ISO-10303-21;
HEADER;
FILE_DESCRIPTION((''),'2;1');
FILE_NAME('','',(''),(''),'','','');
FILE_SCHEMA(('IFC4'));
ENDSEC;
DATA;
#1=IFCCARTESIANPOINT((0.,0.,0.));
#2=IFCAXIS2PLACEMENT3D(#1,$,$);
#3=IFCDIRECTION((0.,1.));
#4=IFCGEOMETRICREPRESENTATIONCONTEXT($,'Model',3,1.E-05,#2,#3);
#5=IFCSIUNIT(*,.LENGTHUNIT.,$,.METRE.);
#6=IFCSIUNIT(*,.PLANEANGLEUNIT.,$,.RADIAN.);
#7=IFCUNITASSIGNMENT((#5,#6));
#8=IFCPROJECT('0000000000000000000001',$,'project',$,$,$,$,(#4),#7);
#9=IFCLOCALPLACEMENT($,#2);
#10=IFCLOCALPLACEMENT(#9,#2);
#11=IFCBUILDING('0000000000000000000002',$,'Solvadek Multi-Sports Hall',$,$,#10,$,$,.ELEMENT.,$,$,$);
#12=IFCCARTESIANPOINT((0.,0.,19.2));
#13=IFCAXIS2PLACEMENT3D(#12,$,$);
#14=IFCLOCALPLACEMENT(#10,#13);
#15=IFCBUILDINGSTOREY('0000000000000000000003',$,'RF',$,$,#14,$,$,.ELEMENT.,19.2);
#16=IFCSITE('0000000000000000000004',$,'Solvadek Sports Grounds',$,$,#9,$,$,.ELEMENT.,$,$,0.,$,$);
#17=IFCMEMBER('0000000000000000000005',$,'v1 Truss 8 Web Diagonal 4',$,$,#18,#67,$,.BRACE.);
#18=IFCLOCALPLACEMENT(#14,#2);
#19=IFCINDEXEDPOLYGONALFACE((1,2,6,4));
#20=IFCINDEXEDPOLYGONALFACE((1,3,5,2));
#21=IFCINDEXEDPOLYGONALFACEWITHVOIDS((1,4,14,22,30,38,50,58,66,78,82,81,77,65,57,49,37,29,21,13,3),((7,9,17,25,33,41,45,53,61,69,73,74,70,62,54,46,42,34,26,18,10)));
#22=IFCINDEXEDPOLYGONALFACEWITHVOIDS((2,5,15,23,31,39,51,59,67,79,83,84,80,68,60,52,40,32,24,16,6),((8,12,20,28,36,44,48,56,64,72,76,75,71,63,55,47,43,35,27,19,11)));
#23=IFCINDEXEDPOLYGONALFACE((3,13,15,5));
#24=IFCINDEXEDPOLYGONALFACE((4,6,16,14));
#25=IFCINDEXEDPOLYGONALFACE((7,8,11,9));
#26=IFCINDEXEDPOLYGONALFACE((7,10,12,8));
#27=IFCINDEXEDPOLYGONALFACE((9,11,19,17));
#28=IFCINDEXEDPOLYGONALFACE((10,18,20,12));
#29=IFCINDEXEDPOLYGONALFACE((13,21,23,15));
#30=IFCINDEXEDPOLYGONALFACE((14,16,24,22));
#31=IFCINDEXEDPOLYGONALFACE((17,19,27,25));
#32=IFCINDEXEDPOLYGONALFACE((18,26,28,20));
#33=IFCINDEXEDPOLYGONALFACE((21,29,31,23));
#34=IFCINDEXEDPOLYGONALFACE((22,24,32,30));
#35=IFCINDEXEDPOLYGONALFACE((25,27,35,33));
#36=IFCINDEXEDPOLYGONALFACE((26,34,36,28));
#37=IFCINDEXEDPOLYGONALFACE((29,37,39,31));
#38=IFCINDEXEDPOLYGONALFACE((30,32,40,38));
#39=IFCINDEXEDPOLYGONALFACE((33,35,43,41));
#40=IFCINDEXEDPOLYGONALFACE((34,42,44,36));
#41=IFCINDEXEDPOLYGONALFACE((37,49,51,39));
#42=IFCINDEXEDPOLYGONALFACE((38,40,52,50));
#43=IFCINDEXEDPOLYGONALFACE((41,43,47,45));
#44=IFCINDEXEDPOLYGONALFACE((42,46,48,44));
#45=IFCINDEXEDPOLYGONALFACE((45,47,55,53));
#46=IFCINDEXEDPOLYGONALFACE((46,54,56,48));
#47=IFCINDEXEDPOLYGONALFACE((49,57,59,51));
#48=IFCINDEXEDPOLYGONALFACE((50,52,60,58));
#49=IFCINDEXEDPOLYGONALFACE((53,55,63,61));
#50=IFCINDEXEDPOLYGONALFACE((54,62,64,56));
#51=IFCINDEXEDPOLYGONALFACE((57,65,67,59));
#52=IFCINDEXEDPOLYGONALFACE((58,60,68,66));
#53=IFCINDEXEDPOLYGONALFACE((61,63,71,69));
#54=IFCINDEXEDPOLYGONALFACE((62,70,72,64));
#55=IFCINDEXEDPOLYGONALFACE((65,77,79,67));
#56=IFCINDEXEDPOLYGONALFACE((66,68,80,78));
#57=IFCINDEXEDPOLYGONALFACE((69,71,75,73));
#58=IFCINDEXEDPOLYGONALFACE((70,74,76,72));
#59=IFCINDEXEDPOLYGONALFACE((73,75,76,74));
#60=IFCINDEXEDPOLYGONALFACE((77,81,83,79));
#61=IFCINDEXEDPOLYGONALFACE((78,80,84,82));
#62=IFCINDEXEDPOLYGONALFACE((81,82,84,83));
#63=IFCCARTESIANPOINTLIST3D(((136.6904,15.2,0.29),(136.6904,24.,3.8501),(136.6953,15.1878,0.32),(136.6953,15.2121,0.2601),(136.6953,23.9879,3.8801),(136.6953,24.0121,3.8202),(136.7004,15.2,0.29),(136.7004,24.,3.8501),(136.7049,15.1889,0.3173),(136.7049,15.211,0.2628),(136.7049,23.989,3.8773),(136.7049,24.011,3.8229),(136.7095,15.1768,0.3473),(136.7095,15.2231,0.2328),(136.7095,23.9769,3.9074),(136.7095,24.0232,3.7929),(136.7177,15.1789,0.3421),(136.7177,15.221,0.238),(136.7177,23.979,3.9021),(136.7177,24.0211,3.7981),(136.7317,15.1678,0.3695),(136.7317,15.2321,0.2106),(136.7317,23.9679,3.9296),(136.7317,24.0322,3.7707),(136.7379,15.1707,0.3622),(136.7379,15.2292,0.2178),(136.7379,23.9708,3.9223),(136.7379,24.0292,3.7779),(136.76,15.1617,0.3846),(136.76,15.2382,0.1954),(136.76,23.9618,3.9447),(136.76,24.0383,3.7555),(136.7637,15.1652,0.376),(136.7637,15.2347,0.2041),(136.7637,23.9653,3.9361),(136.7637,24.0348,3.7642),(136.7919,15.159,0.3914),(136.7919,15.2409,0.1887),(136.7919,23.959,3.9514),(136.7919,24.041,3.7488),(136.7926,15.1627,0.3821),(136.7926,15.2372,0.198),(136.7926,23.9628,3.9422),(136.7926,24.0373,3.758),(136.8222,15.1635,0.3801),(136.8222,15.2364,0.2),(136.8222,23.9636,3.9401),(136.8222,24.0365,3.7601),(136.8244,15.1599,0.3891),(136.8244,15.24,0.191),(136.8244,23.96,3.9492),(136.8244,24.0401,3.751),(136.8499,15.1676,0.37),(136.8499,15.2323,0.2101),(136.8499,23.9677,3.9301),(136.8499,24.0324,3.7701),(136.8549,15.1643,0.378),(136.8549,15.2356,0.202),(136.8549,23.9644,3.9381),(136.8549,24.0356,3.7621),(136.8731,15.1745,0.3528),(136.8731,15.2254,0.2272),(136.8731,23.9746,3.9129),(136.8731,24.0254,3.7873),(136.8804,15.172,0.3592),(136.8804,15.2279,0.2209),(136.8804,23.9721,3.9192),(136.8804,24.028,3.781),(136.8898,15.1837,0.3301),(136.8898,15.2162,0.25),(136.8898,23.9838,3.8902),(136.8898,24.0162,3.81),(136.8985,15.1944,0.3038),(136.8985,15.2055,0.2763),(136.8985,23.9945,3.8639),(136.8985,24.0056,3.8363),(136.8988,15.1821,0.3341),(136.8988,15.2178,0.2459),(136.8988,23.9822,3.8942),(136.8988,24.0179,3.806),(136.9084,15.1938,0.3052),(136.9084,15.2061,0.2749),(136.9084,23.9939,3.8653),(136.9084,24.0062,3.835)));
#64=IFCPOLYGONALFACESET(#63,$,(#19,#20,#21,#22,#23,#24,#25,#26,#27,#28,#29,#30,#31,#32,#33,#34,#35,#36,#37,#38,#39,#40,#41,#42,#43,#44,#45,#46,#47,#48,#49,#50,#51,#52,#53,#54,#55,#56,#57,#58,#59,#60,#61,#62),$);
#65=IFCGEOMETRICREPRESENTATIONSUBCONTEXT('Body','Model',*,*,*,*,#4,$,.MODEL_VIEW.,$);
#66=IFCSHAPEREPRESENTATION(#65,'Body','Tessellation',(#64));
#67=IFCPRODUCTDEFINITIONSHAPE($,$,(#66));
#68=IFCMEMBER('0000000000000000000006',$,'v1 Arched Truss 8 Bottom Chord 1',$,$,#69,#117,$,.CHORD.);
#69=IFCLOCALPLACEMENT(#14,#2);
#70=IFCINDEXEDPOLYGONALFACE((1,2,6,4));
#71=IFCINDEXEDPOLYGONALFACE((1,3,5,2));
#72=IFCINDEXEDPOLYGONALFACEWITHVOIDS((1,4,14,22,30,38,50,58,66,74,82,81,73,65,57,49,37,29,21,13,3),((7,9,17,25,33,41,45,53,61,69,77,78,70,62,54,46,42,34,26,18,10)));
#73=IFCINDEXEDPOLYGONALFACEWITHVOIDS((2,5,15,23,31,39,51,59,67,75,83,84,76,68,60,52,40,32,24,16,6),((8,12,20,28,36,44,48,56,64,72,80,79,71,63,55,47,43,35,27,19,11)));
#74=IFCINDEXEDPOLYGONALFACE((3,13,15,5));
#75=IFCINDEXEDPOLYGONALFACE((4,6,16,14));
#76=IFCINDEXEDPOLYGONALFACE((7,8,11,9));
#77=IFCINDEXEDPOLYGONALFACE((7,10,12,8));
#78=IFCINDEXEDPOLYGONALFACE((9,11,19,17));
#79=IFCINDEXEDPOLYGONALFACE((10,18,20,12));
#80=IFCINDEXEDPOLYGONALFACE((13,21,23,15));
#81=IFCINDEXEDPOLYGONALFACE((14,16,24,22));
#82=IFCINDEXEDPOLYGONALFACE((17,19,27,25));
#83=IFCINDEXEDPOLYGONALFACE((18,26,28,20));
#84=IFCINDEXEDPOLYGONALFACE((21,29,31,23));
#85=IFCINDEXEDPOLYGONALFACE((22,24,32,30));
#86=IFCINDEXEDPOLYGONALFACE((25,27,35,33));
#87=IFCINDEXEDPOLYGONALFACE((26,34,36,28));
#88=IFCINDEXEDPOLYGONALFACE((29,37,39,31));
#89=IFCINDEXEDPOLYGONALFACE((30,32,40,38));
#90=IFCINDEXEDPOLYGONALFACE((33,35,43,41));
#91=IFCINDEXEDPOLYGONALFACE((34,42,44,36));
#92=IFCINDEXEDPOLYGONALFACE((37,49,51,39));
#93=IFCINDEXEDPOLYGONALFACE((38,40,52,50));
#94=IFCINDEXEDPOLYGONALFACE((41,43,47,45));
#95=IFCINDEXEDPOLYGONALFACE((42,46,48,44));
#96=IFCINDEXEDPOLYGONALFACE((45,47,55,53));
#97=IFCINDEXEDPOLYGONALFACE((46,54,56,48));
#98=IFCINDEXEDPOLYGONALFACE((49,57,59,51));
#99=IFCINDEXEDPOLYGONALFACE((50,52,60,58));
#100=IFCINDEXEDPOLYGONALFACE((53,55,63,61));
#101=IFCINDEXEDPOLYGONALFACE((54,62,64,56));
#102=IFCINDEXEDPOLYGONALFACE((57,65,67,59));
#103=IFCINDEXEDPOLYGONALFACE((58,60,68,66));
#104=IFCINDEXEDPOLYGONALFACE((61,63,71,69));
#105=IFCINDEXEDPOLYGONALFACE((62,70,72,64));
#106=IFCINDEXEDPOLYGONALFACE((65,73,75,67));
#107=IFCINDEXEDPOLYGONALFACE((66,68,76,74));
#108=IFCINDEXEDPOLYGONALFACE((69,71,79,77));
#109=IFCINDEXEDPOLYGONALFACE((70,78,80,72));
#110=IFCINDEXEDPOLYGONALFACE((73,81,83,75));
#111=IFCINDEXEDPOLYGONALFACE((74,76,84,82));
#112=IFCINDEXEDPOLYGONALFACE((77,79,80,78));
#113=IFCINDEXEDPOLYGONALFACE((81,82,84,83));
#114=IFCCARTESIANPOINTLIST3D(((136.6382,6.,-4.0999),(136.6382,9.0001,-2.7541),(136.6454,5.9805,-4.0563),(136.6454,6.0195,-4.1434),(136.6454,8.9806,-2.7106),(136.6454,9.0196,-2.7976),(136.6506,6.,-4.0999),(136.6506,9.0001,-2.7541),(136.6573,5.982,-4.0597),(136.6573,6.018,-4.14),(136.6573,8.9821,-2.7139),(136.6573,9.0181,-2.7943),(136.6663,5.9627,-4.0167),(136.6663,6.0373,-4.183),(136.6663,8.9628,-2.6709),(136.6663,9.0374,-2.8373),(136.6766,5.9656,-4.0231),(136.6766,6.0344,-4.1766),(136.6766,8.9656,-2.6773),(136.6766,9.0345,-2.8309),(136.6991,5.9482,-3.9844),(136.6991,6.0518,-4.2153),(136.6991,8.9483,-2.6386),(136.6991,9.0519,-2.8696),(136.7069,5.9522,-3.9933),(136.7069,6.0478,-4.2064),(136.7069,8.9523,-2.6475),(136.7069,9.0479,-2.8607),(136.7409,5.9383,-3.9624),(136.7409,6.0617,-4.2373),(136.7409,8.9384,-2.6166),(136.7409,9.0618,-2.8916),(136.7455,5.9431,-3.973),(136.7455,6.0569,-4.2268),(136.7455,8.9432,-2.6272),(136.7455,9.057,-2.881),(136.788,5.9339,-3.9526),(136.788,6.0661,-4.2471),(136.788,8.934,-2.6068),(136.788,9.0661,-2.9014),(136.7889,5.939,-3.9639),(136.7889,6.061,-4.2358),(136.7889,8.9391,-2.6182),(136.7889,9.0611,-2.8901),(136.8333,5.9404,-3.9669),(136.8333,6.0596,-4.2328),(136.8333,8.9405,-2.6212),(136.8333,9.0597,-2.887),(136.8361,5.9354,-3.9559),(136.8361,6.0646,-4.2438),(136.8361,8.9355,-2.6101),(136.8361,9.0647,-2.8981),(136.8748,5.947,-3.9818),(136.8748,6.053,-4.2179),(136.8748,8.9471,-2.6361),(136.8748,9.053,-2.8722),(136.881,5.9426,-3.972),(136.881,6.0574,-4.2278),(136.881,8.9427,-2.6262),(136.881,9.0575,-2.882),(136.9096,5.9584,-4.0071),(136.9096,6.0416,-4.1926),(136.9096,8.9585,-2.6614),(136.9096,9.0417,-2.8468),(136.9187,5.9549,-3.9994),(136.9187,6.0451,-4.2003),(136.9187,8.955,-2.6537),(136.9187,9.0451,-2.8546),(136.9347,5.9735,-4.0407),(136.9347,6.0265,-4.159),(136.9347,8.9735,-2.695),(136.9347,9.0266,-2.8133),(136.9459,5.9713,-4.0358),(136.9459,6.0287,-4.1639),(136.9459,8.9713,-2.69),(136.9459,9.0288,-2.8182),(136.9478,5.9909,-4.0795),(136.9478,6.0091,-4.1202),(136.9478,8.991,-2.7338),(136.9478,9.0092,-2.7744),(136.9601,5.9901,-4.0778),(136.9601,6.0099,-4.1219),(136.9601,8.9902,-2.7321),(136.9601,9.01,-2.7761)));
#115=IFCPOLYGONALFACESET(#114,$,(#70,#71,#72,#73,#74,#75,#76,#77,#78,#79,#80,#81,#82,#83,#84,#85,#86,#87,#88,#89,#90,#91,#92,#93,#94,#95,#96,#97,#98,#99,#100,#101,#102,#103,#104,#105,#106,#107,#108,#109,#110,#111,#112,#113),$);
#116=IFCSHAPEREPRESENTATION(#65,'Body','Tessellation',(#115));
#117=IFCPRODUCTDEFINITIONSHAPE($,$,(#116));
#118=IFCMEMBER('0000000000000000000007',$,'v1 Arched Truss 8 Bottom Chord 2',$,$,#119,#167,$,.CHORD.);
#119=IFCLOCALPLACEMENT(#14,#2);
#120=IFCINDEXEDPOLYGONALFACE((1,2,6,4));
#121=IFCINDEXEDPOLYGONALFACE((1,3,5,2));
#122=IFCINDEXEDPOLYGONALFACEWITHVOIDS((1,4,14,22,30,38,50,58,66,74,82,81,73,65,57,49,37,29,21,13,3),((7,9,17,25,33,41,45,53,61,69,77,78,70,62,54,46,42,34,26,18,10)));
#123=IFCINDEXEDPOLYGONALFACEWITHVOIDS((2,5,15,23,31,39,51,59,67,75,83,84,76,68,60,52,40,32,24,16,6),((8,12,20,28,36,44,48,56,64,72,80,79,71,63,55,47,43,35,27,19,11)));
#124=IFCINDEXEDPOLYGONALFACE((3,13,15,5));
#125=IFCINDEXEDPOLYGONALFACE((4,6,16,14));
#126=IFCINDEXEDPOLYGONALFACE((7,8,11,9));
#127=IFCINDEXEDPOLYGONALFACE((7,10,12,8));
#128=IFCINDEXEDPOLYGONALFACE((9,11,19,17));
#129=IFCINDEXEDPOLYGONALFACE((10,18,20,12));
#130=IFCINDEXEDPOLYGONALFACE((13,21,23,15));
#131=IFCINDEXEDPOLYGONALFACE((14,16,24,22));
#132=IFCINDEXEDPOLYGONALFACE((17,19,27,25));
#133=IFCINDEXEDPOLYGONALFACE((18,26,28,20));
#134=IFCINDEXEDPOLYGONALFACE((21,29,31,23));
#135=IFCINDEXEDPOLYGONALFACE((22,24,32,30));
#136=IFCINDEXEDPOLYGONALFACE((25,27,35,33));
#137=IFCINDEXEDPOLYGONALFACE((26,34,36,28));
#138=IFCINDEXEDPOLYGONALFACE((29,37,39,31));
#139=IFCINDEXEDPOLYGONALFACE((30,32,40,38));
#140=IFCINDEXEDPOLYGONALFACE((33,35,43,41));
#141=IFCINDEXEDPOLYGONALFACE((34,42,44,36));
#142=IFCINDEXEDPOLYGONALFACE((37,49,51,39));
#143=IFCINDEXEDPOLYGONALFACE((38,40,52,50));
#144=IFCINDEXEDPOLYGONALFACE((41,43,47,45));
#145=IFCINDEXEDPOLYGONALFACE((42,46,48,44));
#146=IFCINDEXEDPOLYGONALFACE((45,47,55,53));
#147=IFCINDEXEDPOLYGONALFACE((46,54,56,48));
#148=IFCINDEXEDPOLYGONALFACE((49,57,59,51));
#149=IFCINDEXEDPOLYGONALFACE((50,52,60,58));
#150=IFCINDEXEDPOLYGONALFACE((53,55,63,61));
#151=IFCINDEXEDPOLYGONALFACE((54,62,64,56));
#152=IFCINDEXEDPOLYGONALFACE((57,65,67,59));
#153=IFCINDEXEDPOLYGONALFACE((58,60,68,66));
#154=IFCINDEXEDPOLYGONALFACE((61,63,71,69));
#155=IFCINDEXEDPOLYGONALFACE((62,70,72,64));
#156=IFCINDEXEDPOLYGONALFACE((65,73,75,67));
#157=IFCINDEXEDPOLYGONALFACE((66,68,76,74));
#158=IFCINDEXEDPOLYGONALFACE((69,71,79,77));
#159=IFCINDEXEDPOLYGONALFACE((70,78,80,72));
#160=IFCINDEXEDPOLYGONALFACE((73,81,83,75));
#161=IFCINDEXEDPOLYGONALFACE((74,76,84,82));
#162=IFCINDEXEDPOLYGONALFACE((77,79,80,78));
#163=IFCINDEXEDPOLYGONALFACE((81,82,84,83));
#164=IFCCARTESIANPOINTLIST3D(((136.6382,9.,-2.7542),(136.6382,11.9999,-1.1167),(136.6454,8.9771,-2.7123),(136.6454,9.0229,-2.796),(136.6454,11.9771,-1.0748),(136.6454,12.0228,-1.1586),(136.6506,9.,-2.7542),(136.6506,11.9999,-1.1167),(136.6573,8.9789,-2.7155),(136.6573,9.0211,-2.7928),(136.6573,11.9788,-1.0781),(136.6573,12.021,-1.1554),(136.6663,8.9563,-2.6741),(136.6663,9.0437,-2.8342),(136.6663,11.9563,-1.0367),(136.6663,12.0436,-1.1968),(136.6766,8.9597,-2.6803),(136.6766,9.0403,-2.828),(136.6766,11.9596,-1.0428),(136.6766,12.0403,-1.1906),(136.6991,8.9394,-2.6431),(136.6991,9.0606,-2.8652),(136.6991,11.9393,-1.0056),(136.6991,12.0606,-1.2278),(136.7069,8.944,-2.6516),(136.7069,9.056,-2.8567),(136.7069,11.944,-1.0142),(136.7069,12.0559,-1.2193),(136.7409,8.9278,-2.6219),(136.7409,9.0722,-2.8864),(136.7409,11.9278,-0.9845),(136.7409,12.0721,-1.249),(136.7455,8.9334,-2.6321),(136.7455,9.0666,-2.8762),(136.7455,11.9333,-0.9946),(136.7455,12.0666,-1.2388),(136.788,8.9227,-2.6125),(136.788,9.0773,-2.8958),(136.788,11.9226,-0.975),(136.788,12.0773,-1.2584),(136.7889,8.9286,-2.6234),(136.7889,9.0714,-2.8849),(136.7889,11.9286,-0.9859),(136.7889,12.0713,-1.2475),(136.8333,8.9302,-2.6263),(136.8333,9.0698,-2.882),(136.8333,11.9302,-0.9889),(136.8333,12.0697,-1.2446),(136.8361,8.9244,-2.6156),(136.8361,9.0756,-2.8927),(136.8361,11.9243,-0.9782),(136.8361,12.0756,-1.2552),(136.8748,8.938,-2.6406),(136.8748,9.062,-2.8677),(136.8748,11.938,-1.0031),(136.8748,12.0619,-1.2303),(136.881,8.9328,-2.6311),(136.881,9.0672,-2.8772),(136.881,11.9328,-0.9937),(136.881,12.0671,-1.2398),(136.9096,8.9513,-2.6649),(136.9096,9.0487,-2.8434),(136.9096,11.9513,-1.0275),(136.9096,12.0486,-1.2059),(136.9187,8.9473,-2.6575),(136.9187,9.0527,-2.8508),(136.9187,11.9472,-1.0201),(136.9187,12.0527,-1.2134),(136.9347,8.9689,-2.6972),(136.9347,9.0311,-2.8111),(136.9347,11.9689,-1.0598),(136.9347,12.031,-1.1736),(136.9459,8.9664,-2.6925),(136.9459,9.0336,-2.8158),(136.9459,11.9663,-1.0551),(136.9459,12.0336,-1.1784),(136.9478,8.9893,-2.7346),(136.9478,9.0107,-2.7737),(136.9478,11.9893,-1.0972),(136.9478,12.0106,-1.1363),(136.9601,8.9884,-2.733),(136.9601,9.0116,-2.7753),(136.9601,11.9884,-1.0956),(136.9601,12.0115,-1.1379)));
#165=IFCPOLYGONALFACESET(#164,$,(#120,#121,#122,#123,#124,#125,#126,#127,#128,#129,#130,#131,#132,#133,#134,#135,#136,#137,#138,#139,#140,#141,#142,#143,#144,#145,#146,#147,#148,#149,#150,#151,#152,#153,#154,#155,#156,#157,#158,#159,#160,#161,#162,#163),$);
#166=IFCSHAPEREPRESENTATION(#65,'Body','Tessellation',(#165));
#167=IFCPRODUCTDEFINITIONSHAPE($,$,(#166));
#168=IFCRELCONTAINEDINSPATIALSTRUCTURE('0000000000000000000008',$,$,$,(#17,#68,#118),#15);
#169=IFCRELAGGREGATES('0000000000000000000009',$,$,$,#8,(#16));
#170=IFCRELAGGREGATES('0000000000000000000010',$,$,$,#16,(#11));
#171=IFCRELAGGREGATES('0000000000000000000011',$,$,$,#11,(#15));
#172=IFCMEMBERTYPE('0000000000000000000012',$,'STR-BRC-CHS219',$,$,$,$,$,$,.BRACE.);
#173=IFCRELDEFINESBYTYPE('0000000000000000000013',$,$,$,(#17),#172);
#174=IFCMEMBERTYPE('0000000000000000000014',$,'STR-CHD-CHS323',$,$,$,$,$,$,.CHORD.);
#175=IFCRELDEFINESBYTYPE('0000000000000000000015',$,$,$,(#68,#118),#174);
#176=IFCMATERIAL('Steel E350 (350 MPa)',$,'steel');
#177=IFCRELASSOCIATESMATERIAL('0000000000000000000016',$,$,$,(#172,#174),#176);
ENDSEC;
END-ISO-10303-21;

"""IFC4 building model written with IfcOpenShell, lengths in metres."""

from ifc_helpers import new_model, si_unit, direction, frame, origin, origin_2d, place, context, subcontext, project, spatial, hollow_circle, extrude, material, material_profile, profile_set, type_object, element, save


model = new_model("IFC4")

# Units and contexts
model_context = context("Model", 3, precision=1e-05, world=origin(), true_north=direction((0.0, 1.0)))
body_context = subcontext(model_context, "Body", "Model", "MODEL_VIEW")
ifc_project = project(units=[si_unit("LENGTHUNIT", "METRE"), si_unit("PLANEANGLEUNIT", "RADIAN")], contexts=[model_context])

# Site, building, storey
site_placement = place(None, origin())
site = spatial("IfcSite", under=ifc_project, at=site_placement, Name="Solvadek Sports Grounds", CompositionType="ELEMENT", RefElevation=0.0)
building_placement = place(site_placement, origin())
building = spatial("IfcBuilding", under=site, at=building_placement, Name="Solvadek Multi-Sports Hall", CompositionType="ELEMENT")
storey_placement = place(building_placement, frame((0.0, 0.0, 19.2)))
storey = spatial("IfcBuildingStorey", under=building, at=storey_placement, Name="RF", CompositionType="ELEMENT", Elevation=19.2)

# Shared definitions
ifc_material_1 = material(Name="Steel E350 (350 MPa)", Category="steel")

# Members
ifc_material_profile_1 = material_profile(ifc_material_1, hollow_circle(Radius=0.1096, WallThickness=0.01, at=origin_2d()), Name="CHS 219.1x10")
ifc_profile_set_1 = profile_set([ifc_material_profile_1], Name="Steel E350 (350 MPa)")
member_type_1 = type_object("IfcMemberType", Name="STR-BRC-CHS219", PredefinedType="BRACE", material=ifc_profile_set_1)
member_1_placement = place(storey_placement, frame((136.8, 15.2, 0.29), z_axis=(0.0, 0.927015, 0.375024), x_axis=(-1.0, 0.0, 0.0)))
element("IfcMember", 1, at=member_1_placement, inside=storey, type_object=member_type_1, Name="v1 Truss 8 Web Diagonal 4", PredefinedType="BRACE", context=body_context, shape_type="SweptSolid", body=[
    extrude(hollow_circle(Radius=0.1096, WallThickness=0.01, at=origin_2d()), origin(), (0.0, 0.0, 1.0), 9.4929),
])
ifc_material_profile_2 = material_profile(ifc_material_1, hollow_circle(Radius=0.1619, WallThickness=0.0125, at=origin_2d()), Name="CHS 323.9x12.5")
ifc_profile_set_2 = profile_set([ifc_material_profile_2], Name="Steel E350 (350 MPa)")
member_type_2 = type_object("IfcMemberType", Name="STR-CHD-CHS323", PredefinedType="CHORD", material=ifc_profile_set_2)
member_2_placement = place(storey_placement, frame((136.8, 6.0, -4.0999), z_axis=(0.0, 0.91241, 0.409278), x_axis=(-1.0, 0.0, 0.0)))
element("IfcMember", 2, at=member_2_placement, inside=storey, type_object=member_type_2, Name="v1 Arched Truss 8 Bottom Chord 1", PredefinedType="CHORD", context=body_context, shape_type="SweptSolid", body=[
    extrude(hollow_circle(Radius=0.1619, WallThickness=0.0125, at=origin_2d()), origin(), (0.0, 0.0, 1.0), 3.2881),
])
member_3_placement = place(storey_placement, frame((136.8, 9.0, -2.7542), z_axis=(0.0, 0.877762, 0.479097), x_axis=(-1.0, 0.0, 0.0)))
element("IfcMember", 3, at=member_3_placement, inside=storey, type_object=member_type_2, Name="v1 Arched Truss 8 Bottom Chord 2", PredefinedType="CHORD", context=body_context, shape_type="SweptSolid", body=[
    extrude(hollow_circle(Radius=0.1619, WallThickness=0.0125, at=origin_2d()), origin(), (0.0, 0.0, 1.0), 3.4177),
])

save(model, "model.ifc")
